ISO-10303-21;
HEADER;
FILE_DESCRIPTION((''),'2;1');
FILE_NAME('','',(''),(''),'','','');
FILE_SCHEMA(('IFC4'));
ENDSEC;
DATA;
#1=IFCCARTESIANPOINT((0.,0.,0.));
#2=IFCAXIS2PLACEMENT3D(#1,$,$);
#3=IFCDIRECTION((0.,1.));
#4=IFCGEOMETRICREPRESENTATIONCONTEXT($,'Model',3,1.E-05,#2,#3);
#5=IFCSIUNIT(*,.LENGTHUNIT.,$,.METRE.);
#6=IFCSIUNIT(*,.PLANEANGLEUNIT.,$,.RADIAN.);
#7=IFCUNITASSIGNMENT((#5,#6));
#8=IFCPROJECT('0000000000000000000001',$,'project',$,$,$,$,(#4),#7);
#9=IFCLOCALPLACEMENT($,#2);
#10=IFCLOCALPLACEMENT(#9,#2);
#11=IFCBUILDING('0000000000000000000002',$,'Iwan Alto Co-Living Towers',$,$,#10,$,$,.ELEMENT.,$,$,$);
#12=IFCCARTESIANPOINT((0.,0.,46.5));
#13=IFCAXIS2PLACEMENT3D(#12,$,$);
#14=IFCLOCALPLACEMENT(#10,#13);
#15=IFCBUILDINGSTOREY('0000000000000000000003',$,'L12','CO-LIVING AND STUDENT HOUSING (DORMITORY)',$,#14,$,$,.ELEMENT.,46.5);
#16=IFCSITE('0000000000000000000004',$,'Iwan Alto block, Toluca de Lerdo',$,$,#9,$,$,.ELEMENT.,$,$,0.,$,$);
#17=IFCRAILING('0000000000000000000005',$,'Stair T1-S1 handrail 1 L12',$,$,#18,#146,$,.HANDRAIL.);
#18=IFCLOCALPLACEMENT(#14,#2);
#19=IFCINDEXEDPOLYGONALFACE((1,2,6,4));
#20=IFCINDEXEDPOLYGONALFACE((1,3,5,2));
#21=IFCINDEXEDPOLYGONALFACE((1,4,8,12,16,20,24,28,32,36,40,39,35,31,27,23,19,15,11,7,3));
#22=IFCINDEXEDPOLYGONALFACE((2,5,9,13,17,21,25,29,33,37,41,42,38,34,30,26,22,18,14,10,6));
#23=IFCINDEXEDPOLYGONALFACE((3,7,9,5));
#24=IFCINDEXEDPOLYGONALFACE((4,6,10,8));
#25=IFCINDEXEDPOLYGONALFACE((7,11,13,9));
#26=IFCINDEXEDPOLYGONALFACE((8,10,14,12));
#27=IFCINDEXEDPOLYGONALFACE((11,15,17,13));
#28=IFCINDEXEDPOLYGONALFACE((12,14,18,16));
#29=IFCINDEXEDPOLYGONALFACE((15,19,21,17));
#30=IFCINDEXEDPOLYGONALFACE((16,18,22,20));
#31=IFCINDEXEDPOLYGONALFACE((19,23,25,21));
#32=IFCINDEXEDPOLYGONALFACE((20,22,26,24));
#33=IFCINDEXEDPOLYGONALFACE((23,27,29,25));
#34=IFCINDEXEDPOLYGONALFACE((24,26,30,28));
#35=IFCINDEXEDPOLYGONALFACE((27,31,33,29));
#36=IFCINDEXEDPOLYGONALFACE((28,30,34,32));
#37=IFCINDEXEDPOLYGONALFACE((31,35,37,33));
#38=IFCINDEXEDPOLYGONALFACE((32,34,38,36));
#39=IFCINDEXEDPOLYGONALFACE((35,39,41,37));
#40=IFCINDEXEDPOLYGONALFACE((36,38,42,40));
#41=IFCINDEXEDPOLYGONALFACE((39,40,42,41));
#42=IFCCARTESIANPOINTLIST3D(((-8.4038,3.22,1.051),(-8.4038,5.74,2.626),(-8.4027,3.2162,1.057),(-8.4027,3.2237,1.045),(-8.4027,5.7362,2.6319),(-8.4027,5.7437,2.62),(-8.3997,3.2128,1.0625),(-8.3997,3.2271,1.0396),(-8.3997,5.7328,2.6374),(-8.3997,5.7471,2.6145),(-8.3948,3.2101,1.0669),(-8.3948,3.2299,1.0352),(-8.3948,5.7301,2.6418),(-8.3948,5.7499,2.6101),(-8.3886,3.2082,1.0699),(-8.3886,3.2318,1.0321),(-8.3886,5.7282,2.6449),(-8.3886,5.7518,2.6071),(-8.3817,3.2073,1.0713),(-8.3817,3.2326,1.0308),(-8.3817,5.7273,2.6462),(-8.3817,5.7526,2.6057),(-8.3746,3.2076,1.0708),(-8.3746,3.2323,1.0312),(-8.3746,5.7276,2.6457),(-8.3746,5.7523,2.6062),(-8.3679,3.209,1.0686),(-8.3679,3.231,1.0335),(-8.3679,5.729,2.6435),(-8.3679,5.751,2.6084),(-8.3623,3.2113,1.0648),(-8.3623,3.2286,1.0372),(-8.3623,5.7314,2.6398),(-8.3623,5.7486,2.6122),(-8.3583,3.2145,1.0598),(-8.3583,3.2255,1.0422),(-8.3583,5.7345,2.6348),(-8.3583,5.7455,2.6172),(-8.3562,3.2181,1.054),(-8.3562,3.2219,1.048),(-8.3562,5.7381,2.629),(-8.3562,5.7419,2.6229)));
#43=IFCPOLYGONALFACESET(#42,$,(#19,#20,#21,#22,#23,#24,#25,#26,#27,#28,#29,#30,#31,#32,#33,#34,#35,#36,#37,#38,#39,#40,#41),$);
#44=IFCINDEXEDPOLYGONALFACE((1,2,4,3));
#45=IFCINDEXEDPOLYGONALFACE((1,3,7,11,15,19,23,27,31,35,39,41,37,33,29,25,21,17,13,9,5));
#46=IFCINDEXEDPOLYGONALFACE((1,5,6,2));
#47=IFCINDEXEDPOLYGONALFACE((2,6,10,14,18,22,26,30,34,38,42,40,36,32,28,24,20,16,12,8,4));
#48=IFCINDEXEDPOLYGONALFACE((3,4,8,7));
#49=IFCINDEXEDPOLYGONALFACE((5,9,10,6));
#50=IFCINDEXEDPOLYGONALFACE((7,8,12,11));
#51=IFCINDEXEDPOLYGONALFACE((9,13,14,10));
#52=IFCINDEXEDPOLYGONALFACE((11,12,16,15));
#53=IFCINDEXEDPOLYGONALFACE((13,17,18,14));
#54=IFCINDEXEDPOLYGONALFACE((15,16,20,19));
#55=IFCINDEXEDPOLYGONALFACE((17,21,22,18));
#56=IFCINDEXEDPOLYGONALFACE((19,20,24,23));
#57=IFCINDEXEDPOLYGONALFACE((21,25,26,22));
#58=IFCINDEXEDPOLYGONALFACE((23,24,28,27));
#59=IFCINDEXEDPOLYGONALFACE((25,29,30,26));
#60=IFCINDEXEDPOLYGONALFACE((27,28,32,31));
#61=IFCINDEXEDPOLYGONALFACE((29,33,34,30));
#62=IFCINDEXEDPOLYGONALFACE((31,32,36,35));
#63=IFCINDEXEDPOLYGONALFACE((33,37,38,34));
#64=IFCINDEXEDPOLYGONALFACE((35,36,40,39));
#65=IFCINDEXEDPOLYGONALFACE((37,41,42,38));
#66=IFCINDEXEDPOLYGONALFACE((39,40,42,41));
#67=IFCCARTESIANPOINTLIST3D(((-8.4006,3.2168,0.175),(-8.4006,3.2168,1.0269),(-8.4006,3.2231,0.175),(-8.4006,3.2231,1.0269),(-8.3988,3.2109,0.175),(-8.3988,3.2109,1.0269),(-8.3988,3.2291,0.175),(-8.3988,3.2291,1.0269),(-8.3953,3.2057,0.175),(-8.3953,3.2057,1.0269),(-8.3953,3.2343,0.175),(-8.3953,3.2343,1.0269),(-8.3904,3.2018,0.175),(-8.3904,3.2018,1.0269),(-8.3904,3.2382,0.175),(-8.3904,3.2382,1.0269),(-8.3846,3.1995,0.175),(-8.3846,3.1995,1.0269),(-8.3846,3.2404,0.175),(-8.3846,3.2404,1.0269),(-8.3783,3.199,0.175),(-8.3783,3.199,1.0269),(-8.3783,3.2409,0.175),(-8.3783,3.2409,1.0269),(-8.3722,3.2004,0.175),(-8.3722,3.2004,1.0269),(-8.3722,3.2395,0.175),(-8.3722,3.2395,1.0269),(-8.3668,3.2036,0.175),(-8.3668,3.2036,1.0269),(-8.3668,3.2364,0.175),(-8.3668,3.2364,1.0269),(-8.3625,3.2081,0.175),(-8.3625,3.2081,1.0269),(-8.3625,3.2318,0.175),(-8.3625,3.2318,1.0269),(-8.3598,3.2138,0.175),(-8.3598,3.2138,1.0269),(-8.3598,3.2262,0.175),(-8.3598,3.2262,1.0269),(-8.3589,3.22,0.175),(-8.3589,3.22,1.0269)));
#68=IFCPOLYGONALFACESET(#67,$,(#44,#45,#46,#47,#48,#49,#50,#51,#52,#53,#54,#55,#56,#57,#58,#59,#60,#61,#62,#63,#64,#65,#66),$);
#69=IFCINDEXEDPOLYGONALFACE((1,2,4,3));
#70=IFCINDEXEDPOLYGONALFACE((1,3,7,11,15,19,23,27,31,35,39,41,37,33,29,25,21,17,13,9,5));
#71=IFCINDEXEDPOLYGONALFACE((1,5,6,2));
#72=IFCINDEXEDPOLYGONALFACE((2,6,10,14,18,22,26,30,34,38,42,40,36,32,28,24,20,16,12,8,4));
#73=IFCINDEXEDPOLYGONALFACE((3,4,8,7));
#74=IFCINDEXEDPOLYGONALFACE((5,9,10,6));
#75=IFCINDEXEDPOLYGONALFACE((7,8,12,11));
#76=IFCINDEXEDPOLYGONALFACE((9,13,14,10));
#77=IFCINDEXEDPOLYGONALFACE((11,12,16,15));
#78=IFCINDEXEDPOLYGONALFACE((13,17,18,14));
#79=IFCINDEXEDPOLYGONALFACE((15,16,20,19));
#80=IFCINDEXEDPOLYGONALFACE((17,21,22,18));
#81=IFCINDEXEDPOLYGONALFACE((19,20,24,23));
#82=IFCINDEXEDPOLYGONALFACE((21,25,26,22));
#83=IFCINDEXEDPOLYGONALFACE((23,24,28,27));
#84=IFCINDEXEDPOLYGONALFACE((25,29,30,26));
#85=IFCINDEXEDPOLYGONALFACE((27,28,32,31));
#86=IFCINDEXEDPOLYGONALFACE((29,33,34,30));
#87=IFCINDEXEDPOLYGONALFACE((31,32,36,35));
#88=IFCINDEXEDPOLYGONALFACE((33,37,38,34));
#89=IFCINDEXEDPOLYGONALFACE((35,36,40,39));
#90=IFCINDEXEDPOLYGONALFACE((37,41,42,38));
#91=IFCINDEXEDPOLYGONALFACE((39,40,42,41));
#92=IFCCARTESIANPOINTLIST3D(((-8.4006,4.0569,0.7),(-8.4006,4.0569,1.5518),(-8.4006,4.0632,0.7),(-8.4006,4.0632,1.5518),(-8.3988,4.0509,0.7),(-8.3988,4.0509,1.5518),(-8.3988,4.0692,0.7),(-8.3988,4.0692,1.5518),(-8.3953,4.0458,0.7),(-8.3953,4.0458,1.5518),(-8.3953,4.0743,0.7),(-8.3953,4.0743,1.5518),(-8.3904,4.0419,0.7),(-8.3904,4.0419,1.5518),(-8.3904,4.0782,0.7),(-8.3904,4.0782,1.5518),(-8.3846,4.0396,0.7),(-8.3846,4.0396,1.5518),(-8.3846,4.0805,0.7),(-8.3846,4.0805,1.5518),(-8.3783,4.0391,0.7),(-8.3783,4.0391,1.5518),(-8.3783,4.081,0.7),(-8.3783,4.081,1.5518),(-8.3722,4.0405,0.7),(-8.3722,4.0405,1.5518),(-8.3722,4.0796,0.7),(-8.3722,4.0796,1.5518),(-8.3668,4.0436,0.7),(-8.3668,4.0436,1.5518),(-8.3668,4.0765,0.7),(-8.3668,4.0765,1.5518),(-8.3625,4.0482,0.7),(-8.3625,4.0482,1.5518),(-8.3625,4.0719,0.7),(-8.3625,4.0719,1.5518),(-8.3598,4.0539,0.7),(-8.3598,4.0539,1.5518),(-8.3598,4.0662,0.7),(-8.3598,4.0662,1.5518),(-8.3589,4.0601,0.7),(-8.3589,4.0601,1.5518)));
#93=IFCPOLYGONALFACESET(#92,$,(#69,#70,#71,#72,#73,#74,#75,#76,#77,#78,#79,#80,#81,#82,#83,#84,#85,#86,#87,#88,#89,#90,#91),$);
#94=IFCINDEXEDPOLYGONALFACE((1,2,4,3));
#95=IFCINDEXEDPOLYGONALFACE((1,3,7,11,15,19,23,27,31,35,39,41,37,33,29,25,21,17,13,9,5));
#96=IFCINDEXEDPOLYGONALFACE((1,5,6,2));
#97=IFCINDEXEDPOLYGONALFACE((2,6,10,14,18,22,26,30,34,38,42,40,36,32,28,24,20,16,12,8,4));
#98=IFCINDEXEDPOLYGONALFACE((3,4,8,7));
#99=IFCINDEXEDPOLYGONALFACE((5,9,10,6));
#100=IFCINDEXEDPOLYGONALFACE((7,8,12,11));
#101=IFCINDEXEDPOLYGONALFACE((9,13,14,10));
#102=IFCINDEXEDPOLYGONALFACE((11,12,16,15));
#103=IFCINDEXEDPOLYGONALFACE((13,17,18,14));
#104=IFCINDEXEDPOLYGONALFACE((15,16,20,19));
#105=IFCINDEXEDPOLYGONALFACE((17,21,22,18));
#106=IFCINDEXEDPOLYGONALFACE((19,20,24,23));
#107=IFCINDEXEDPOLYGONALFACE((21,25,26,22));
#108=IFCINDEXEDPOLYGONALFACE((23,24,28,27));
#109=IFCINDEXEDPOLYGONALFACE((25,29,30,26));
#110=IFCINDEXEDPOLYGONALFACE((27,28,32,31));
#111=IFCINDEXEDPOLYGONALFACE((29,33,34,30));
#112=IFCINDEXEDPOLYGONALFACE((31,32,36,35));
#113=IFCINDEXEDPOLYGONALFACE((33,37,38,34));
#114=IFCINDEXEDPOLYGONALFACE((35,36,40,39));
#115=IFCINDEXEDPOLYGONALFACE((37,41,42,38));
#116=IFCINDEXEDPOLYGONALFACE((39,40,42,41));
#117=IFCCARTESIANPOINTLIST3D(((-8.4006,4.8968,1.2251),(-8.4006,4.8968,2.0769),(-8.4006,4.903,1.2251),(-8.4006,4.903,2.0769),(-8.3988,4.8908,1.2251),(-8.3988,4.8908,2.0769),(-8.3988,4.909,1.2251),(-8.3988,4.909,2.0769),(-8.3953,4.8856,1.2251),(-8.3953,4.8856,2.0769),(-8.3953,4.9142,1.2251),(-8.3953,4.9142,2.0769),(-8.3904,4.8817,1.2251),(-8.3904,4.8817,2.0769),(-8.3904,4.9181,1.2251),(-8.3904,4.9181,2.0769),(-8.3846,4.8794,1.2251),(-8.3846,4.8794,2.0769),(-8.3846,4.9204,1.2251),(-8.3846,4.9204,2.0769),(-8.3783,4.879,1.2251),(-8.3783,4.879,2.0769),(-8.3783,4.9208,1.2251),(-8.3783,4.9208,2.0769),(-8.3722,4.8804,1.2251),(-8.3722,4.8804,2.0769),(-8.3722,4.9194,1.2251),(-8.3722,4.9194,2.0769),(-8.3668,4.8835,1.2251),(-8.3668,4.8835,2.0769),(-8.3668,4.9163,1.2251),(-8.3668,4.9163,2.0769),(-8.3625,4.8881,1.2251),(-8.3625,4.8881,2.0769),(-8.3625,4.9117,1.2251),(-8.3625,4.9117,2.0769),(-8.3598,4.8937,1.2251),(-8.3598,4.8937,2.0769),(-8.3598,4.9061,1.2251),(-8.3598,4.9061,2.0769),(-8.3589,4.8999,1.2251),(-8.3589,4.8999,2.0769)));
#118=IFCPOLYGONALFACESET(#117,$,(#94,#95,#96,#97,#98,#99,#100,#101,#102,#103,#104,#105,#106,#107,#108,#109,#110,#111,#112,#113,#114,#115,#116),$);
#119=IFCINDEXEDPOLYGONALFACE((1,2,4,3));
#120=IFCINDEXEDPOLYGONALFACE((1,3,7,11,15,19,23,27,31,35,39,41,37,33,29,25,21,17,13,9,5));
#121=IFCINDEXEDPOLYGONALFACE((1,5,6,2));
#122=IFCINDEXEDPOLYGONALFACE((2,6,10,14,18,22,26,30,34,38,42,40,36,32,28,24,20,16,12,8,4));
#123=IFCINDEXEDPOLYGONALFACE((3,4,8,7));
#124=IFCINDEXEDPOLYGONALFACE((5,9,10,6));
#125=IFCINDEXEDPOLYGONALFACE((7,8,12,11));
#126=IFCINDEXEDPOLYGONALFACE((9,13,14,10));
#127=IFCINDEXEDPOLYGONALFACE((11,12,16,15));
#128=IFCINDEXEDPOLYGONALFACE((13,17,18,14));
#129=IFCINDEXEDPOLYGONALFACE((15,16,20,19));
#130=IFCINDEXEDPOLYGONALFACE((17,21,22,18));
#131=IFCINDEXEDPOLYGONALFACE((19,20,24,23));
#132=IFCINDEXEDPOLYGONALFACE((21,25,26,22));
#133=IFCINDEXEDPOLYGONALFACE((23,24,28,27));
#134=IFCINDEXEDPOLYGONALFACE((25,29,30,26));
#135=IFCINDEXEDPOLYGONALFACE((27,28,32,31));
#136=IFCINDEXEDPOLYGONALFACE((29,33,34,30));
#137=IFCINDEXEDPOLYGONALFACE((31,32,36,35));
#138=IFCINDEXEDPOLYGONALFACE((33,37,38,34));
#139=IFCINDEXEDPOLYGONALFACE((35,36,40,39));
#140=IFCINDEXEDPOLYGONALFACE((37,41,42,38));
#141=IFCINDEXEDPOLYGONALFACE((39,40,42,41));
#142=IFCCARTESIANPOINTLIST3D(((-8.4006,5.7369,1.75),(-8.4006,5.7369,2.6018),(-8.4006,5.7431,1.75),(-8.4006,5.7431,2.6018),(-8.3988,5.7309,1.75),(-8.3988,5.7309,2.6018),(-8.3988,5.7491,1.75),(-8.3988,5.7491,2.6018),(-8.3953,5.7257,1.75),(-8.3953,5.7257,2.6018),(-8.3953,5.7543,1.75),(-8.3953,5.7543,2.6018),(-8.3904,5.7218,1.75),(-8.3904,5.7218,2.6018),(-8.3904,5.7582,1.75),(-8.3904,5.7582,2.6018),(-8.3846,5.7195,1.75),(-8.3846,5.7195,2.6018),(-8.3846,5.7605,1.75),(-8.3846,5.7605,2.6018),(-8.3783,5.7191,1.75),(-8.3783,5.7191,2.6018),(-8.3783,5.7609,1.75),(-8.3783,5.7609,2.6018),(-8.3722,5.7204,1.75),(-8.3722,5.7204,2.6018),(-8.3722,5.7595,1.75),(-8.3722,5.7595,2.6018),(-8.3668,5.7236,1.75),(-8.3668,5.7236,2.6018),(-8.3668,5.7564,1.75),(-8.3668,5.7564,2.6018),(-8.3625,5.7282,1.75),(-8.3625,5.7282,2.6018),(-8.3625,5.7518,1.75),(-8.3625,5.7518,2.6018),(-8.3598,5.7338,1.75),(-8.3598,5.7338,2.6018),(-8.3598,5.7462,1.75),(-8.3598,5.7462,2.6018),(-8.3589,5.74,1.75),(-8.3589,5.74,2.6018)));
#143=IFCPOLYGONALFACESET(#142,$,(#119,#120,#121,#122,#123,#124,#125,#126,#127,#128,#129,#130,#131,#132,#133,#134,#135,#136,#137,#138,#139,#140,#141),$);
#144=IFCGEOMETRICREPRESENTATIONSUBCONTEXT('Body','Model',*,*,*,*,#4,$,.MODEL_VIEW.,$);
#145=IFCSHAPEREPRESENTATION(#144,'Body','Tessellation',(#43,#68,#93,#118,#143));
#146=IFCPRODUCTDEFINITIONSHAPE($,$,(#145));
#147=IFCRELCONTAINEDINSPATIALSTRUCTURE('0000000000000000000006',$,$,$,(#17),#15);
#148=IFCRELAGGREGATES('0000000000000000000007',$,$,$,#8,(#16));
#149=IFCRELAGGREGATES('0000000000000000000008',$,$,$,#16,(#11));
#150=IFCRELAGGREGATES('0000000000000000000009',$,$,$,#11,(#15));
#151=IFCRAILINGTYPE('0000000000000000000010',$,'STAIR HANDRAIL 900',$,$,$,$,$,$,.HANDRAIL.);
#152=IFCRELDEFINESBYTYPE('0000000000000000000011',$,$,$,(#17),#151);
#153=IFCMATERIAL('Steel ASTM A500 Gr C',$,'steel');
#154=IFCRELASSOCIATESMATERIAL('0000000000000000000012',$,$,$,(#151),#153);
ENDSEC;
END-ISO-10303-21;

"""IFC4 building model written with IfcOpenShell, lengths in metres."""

from ifc_helpers import new_model, si_unit, direction, frame, origin, origin_2d, place, context, subcontext, project, spatial, circle, extrude, material, type_object, element, save


model = new_model("IFC4")

# Units and contexts
model_context = context("Model", 3, precision=1e-05, world=origin(), true_north=direction((0.0, 1.0)))
body_context = subcontext(model_context, "Body", "Model", "MODEL_VIEW")
ifc_project = project(units=[si_unit("LENGTHUNIT", "METRE"), si_unit("PLANEANGLEUNIT", "RADIAN")], contexts=[model_context])

# Site, building, storey
site_placement = place(None, origin())
site = spatial("IfcSite", under=ifc_project, at=site_placement, Name="Iwan Alto block, Toluca de Lerdo", CompositionType="ELEMENT", RefElevation=0.0)
building_placement = place(site_placement, origin())
building = spatial("IfcBuilding", under=site, at=building_placement, Name="Iwan Alto Co-Living Towers", CompositionType="ELEMENT")
storey_placement = place(building_placement, frame((0.0, 0.0, 46.5)))
storey = spatial("IfcBuildingStorey", under=building, at=storey_placement, Name="L12", Description="CO-LIVING AND STUDENT HOUSING (DORMITORY)", CompositionType="ELEMENT", Elevation=46.5)

# Railing
ifc_material_1 = material(Name="Steel ASTM A500 Gr C", Category="steel")
railing_type_1 = type_object("IfcRailingType", Name="STAIR HANDRAIL 900", PredefinedType="HANDRAIL", material=ifc_material_1)
railing_1_placement = place(storey_placement, frame((-8.3799, 3.22, 0.175)))
element("IfcRailing", 1, at=railing_1_placement, inside=storey, type_object=railing_type_1, Name="Stair T1-S1 handrail 1 L12", PredefinedType="HANDRAIL", context=body_context, shape_type="SweptSolid", body=[
    extrude(circle(Radius=0.0239, at=origin_2d()), frame((0.0, 0.0, 0.876), z_axis=(0.0, 0.848008, 0.529984), x_axis=(-1.0, 0.0, 0.0)), (0.0, 0.0, 1.0), 2.9717),
    extrude(circle(Radius=0.021, at=origin_2d()), origin(), (0.0, 0.0, 1.0), 0.8518),
    extrude(circle(Radius=0.021, at=origin_2d()), frame((0.0, 0.8401, 0.5249)), (0.0, 0.0, 1.0), 0.8518),
    extrude(circle(Radius=0.021, at=origin_2d()), frame((0.0, 1.6799, 1.05)), (0.0, 0.0, 1.0), 0.8518),
    extrude(circle(Radius=0.021, at=origin_2d()), frame((0.0, 2.52, 1.575)), (0.0, 0.0, 1.0), 0.8518),
])

save(model, "model.ifc")
